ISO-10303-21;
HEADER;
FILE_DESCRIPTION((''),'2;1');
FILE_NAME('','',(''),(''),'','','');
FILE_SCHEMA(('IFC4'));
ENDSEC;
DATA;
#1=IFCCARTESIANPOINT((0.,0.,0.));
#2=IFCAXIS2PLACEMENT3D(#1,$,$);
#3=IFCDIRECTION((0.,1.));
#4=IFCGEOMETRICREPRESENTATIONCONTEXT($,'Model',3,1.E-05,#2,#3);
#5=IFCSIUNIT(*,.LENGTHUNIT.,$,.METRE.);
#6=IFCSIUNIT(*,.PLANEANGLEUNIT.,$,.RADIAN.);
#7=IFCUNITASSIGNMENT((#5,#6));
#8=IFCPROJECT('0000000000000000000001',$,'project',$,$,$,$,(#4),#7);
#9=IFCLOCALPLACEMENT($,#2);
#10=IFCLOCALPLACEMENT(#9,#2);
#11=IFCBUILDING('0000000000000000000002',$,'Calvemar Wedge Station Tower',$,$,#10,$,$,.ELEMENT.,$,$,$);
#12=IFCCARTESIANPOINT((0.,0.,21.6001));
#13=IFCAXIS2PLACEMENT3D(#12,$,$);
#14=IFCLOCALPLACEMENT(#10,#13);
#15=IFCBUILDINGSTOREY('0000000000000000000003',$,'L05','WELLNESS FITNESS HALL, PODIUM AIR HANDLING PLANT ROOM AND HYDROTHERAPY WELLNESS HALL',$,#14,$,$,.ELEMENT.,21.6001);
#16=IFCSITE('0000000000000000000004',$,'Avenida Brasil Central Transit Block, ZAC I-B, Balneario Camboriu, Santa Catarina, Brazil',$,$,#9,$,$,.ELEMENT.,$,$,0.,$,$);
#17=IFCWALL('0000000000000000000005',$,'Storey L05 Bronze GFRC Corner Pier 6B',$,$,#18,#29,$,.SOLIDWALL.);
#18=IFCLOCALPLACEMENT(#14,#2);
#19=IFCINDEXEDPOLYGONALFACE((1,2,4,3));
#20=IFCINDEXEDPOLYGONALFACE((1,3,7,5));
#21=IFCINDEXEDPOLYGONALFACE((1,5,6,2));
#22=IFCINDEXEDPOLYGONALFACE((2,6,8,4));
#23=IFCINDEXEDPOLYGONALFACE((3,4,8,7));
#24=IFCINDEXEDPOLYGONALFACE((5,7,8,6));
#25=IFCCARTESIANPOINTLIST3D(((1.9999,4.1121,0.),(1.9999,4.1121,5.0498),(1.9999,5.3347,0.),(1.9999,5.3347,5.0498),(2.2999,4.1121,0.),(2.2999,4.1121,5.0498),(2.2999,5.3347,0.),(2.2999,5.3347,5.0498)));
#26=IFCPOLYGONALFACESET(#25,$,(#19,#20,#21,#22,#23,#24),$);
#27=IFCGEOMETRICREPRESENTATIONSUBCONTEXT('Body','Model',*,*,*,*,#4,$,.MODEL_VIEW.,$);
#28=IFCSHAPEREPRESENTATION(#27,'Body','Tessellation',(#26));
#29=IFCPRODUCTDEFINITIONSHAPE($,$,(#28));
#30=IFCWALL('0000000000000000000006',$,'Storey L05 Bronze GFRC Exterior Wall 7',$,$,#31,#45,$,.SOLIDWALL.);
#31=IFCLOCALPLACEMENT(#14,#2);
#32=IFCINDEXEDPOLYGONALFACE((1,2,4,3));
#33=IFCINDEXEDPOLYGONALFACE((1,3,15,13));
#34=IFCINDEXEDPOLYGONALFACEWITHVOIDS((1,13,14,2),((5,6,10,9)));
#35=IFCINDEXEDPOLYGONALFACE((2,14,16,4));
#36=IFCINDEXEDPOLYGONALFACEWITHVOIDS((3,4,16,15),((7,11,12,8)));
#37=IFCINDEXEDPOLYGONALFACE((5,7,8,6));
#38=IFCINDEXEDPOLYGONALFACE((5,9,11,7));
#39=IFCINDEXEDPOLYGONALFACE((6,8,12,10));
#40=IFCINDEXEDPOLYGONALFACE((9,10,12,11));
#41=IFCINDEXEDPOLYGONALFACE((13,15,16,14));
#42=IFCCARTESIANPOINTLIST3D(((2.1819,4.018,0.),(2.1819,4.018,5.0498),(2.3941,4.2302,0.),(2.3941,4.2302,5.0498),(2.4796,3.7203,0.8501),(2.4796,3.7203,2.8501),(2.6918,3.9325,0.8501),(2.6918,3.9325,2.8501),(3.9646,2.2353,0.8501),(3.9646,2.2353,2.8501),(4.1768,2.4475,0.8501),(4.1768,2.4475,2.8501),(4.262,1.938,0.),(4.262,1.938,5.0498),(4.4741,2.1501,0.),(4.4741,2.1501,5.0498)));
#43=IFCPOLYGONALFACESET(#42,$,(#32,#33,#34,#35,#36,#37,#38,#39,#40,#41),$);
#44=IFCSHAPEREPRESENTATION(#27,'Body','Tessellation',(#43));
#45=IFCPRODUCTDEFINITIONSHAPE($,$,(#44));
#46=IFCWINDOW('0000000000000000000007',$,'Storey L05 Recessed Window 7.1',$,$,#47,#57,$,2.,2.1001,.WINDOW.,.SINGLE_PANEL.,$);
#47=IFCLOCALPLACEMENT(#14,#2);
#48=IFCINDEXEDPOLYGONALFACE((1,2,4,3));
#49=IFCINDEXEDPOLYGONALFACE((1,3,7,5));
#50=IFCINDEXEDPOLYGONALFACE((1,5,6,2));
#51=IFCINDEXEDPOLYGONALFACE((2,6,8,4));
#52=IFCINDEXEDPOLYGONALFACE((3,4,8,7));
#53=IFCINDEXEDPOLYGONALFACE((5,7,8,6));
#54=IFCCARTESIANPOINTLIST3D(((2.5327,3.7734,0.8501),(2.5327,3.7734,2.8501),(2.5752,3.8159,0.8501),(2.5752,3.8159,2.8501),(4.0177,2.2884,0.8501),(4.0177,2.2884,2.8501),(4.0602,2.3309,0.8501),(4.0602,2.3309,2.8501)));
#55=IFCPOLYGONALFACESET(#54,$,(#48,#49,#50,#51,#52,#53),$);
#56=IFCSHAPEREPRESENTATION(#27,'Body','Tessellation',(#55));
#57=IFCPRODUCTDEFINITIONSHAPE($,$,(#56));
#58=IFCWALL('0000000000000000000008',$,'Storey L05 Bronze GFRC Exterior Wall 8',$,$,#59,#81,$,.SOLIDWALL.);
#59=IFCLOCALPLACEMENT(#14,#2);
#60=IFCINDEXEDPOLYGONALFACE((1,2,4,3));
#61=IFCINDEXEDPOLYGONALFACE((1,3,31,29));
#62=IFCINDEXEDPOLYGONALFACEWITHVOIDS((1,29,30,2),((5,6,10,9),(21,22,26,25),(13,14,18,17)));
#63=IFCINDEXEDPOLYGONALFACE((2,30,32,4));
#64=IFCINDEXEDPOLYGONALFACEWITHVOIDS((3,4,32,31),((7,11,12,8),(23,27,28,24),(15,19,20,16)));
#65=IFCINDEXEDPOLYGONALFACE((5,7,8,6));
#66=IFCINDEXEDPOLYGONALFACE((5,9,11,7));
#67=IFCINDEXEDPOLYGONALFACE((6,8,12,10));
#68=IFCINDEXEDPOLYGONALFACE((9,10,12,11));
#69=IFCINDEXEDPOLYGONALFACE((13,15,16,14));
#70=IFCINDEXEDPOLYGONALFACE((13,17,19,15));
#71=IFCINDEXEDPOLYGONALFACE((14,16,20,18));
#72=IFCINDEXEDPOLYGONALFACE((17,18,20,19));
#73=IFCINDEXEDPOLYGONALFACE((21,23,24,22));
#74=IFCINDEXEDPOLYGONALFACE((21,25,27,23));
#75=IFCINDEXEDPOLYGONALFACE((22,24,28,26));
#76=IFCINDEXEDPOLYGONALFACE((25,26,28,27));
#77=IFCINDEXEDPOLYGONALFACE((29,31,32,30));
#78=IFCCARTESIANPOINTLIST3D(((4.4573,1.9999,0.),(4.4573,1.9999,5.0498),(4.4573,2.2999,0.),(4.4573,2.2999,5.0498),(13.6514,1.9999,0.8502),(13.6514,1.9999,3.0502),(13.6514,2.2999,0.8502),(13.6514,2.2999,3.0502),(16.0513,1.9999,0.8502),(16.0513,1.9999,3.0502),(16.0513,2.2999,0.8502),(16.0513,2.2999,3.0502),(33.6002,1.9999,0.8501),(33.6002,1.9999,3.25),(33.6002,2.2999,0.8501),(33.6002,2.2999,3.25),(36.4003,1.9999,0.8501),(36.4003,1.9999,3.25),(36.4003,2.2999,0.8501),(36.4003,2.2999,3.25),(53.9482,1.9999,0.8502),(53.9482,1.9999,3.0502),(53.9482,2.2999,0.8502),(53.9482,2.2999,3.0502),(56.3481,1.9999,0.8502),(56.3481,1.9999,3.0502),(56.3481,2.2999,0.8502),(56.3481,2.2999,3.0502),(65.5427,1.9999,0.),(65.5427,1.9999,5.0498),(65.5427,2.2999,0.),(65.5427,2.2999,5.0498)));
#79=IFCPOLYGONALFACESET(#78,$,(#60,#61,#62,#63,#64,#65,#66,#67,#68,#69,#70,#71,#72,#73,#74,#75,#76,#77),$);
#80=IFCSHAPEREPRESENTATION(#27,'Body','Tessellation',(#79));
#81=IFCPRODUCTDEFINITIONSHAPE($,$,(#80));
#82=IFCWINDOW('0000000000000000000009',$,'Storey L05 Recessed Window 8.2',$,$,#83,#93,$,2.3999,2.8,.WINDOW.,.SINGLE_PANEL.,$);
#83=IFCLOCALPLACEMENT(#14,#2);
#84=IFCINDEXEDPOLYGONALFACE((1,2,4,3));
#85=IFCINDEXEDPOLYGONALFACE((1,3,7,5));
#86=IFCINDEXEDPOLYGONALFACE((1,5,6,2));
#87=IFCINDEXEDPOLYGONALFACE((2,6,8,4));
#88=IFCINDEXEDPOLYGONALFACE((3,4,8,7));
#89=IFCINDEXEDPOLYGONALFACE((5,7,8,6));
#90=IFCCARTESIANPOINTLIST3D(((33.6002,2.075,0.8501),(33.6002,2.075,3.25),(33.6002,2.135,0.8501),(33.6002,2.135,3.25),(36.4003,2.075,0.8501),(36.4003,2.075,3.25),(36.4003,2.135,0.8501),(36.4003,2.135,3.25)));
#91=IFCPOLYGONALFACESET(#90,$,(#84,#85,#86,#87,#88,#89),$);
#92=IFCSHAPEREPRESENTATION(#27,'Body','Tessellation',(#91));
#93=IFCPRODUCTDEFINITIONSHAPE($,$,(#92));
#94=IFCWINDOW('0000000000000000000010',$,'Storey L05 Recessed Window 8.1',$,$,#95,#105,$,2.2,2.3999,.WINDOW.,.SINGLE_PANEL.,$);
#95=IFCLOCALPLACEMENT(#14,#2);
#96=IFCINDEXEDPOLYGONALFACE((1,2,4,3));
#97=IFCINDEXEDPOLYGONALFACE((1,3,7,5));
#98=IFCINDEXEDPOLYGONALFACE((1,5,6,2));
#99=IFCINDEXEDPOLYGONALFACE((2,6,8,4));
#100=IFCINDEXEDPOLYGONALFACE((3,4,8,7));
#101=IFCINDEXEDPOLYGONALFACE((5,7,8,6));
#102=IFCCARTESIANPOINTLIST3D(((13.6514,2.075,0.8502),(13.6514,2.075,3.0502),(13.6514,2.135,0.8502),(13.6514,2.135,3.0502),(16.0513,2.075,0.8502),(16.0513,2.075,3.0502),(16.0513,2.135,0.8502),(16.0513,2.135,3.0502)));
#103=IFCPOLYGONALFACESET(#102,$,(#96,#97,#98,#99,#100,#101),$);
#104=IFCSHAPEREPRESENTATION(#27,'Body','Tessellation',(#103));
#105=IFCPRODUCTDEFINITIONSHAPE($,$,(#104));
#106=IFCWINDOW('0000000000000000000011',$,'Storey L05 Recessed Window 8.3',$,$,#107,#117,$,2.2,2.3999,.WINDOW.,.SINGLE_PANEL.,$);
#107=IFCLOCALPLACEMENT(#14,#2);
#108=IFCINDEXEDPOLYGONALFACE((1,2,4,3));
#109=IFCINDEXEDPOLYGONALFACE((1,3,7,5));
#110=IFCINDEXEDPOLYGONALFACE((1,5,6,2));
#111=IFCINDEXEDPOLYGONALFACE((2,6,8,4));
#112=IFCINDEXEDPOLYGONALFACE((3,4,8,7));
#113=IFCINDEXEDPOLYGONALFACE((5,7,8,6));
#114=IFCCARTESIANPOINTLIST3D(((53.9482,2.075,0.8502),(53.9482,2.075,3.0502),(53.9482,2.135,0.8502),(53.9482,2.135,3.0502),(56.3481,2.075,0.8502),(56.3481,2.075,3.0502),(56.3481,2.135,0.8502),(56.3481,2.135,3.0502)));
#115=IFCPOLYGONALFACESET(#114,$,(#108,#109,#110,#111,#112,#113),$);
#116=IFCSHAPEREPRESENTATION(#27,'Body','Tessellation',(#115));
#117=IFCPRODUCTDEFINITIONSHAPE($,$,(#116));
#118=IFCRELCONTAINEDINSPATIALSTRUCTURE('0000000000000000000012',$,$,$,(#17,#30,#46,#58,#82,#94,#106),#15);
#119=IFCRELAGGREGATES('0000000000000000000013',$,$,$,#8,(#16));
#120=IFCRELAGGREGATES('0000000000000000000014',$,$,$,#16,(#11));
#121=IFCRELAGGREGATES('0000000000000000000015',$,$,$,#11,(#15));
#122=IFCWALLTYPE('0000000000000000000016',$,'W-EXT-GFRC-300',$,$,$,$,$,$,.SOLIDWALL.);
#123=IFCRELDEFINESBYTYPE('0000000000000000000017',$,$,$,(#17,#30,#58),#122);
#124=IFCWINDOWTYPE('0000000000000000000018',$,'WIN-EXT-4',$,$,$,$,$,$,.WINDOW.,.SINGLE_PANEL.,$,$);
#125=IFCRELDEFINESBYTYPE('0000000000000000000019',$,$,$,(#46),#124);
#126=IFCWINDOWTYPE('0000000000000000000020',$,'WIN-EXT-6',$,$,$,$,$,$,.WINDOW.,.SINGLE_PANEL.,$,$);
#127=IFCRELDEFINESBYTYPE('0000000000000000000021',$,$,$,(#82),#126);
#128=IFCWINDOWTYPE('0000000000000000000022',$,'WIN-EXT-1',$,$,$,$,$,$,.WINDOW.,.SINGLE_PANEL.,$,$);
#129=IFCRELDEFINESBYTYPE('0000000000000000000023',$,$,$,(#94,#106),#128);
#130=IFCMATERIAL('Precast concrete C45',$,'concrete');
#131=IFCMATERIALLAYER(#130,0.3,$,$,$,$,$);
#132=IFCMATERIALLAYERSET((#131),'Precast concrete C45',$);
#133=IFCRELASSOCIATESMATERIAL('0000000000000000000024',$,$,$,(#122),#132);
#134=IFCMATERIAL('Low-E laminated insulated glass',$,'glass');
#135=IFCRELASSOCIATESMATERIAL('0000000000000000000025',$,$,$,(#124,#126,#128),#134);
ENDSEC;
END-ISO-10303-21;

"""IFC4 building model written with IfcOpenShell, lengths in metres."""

from ifc_helpers import new_model, si_unit, direction, frame, frame_2d, origin, place, context, subcontext, project, spatial, rectangle, extrude, source, transform, mapped, material, layer, layer_set, type_object, element, fill, save


model = new_model("IFC4")

# Units and contexts
model_context = context("Model", 3, precision=1e-05, world=origin(), true_north=direction((0.0, 1.0)))
body_context = subcontext(model_context, "Body", "Model", "MODEL_VIEW")
ifc_project = project(units=[si_unit("LENGTHUNIT", "METRE"), si_unit("PLANEANGLEUNIT", "RADIAN")], contexts=[model_context])

# Site, building, storey
site_placement = place(None, origin())
site = spatial("IfcSite", under=ifc_project, at=site_placement, Name="Avenida Brasil Central Transit Block, ZAC I-B, Balneario Camboriu, Santa Catarina, Brazil", CompositionType="ELEMENT", RefElevation=0.0)
building_placement = place(site_placement, origin())
building = spatial("IfcBuilding", under=site, at=building_placement, Name="Calvemar Wedge Station Tower", CompositionType="ELEMENT")
storey_placement = place(building_placement, frame((0.0, 0.0, 21.6001)))
storey = spatial("IfcBuildingStorey", under=building, at=storey_placement, Name="L05", Description="WELLNESS FITNESS HALL, PODIUM AIR HANDLING PLANT ROOM AND HYDROTHERAPY WELLNESS HALL", CompositionType="ELEMENT", Elevation=21.6001)

# Shared definitions
ifc_material_1 = material(Name="Low-E laminated insulated glass", Category="glass")

# Wall
ifc_material_2 = material(Name="Precast concrete C45", Category="concrete")
ifc_layer_1 = layer(ifc_material_2, 0.3)
ifc_layer_set_1 = layer_set([ifc_layer_1], Name="Precast concrete C45")
wall_type_1 = type_object("IfcWallType", Name="W-EXT-GFRC-300", PredefinedType="SOLIDWALL", material=ifc_layer_set_1)
wall_1_placement = place(storey_placement, frame((2.1499, 5.3347, 0.0), z_axis=(0.0, 0.0, 1.0), x_axis=(0.0, -1.0, 0.0)))
element("IfcWall", 1, at=wall_1_placement, inside=storey, type_object=wall_type_1, Name="Storey L05 Bronze GFRC Corner Pier 6B", PredefinedType="SOLIDWALL", context=body_context, shape_type="SweptSolid", body=[
    extrude(rectangle(XDim=1.2227, YDim=0.3, at=frame_2d((0.6113, 0.0))), origin(), (0.0, 0.0, 1.0), 5.0498),
])

# Wall, opening, window
wall_2_placement = place(storey_placement, frame((2.2881, 4.124, 0.0), z_axis=(0.0, 0.0, 1.0), x_axis=(0.707107, -0.707107, 0.0)))
wall_2 = element("IfcWall", 2, at=wall_2_placement, inside=storey, type_object=wall_type_1, Name="Storey L05 Bronze GFRC Exterior Wall 7", PredefinedType="SOLIDWALL", context=body_context, shape_type="SweptSolid", body=[
    extrude(rectangle(XDim=2.9417, YDim=0.3, at=frame_2d((1.4707, 0.0))), origin(), (0.0, 0.0, 1.0), 5.0498),
])
shared_shape_1 = source(origin(), body_context, "Body", "SweptSolid", [
    extrude(rectangle(XDim=2.1001, YDim=2.0, at=frame_2d((1.05, 1.0))), frame((0.0, 0.1602, 0.0), z_axis=(0.0, -1.0, 0.0), x_axis=(1.0, 0.0, 0.0)), (0.0, 0.0, 1.0), 0.3201),
])
opening_1_placement = place(wall_2_placement, frame((0.4209, 0.0, 0.8501)))
opening_1 = element("IfcOpeningElement", 3, at=opening_1_placement, cuts=wall_2, PredefinedType="OPENING", context=body_context, shape_type="MappedRepresentation", body=[
    mapped(shared_shape_1, transform((0.0, 0.0, 0.0), scale=1.0)),
])
window_type_1 = type_object("IfcWindowType", Name="WIN-EXT-4", PartitioningType="SINGLE_PANEL", PredefinedType="WINDOW", material=ifc_material_1)
shared_shape_2 = source(origin(), body_context, "Body", "SweptSolid", [
    extrude(rectangle(XDim=2.1001, YDim=2.0, at=frame_2d((1.05, 1.0))), frame((0.0, -0.0149, 0.0), z_axis=(0.0, -1.0, 0.0), x_axis=(1.0, 0.0, 0.0)), (0.0, 0.0, 1.0), 0.0601),
])
window_1_placement = place(opening_1_placement, origin())
window_1 = element("IfcWindow", 4, at=window_1_placement, inside=storey, type_object=window_type_1, Name="Storey L05 Recessed Window 7.1", OverallHeight=2.0, OverallWidth=2.1001, PartitioningType="SINGLE_PANEL", PredefinedType="WINDOW", context=body_context, shape_type="MappedRepresentation", body=[
    mapped(shared_shape_2, transform((0.0, 0.0, 0.0), scale=1.0)),
])
fill(opening_1, window_1)

# Wall, openings, windows
wall_3_placement = place(storey_placement, frame((4.4573, 2.1499, 0.0), z_axis=(0.0, 0.0, 1.0), x_axis=(1.0, 0.0, 0.0)))
wall_3 = element("IfcWall", 5, at=wall_3_placement, inside=storey, type_object=wall_type_1, Name="Storey L05 Bronze GFRC Exterior Wall 8", PredefinedType="SOLIDWALL", context=body_context, shape_type="SweptSolid", body=[
    extrude(rectangle(XDim=61.0854, YDim=0.3, at=frame_2d((30.5427, 0.0))), origin(), (0.0, 0.0, 1.0), 5.0498),
])
shared_shape_3 = source(origin(), body_context, "Body", "SweptSolid", [
    extrude(rectangle(XDim=2.3999, YDim=2.2, at=frame_2d((1.2, 1.1001))), frame((0.0, 0.1602, 0.0), z_axis=(0.0, -1.0, 0.0), x_axis=(1.0, 0.0, 0.0)), (0.0, 0.0, 1.0), 0.3201),
])
opening_2_placement = place(wall_3_placement, frame((9.1941, 0.0, 0.8501)))
opening_2 = element("IfcOpeningElement", 6, at=opening_2_placement, cuts=wall_3, PredefinedType="OPENING", context=body_context, shape_type="MappedRepresentation", body=[
    mapped(shared_shape_3, transform((0.0, 0.0, 0.0), scale=1.0)),
])
shared_shape_4 = source(origin(), body_context, "Body", "SweptSolid", [
    extrude(rectangle(XDim=2.8, YDim=2.3999, at=frame_2d((1.3999, 1.2))), frame((0.0, 0.1602, 0.0), z_axis=(0.0, -1.0, 0.0), x_axis=(1.0, 0.0, 0.0)), (0.0, 0.0, 1.0), 0.3201),
])
opening_3_placement = place(wall_3_placement, frame((29.1431, 0.0, 0.8501)))
opening_3 = element("IfcOpeningElement", 7, at=opening_3_placement, cuts=wall_3, PredefinedType="OPENING", context=body_context, shape_type="MappedRepresentation", body=[
    mapped(shared_shape_4, transform((0.0, 0.0, 0.0), scale=1.0)),
])
opening_4_placement = place(wall_3_placement, frame((49.491, 0.0, 0.8501)))
opening_4 = element("IfcOpeningElement", 8, at=opening_4_placement, cuts=wall_3, PredefinedType="OPENING", context=body_context, shape_type="MappedRepresentation", body=[
    mapped(shared_shape_3, transform((0.0, 0.0, 0.0), scale=1.0)),
])
window_type_2 = type_object("IfcWindowType", Name="WIN-EXT-6", PartitioningType="SINGLE_PANEL", PredefinedType="WINDOW", material=ifc_material_1)
shared_shape_5 = source(origin(), body_context, "Body", "SweptSolid", [
    extrude(rectangle(XDim=2.8, YDim=2.3999, at=frame_2d((1.3999, 1.2))), frame((0.0, -0.0149, 0.0), z_axis=(0.0, -1.0, 0.0), x_axis=(1.0, 0.0, 0.0)), (0.0, 0.0, 1.0), 0.0601),
])
window_2_placement = place(opening_3_placement, origin())
window_2 = element("IfcWindow", 9, at=window_2_placement, inside=storey, type_object=window_type_2, Name="Storey L05 Recessed Window 8.2", OverallHeight=2.3999, OverallWidth=2.8, PartitioningType="SINGLE_PANEL", PredefinedType="WINDOW", context=body_context, shape_type="MappedRepresentation", body=[
    mapped(shared_shape_5, transform((0.0, 0.0, 0.0), scale=1.0)),
])
fill(opening_3, window_2)
window_type_3 = type_object("IfcWindowType", Name="WIN-EXT-1", PartitioningType="SINGLE_PANEL", PredefinedType="WINDOW", material=ifc_material_1)
shared_shape_6 = source(origin(), body_context, "Body", "SweptSolid", [
    extrude(rectangle(XDim=2.3999, YDim=2.2, at=frame_2d((1.2, 1.1001))), frame((0.0, -0.0149, 0.0), z_axis=(0.0, -1.0, 0.0), x_axis=(1.0, 0.0, 0.0)), (0.0, 0.0, 1.0), 0.0601),
])
window_3_placement = place(opening_2_placement, origin())
window_3 = element("IfcWindow", 10, at=window_3_placement, inside=storey, type_object=window_type_3, Name="Storey L05 Recessed Window 8.1", OverallHeight=2.2, OverallWidth=2.3999, PartitioningType="SINGLE_PANEL", PredefinedType="WINDOW", context=body_context, shape_type="MappedRepresentation", body=[
    mapped(shared_shape_6, transform((0.0, 0.0, 0.0), scale=1.0)),
])
fill(opening_2, window_3)
window_4_placement = place(opening_4_placement, origin())
window_4 = element("IfcWindow", 11, at=window_4_placement, inside=storey, type_object=window_type_3, Name="Storey L05 Recessed Window 8.3", OverallHeight=2.2, OverallWidth=2.3999, PartitioningType="SINGLE_PANEL", PredefinedType="WINDOW", context=body_context, shape_type="MappedRepresentation", body=[
    mapped(shared_shape_6, transform((0.0, 0.0, 0.0), scale=1.0)),
])
fill(opening_4, window_4)

save(model, "model.ifc")
